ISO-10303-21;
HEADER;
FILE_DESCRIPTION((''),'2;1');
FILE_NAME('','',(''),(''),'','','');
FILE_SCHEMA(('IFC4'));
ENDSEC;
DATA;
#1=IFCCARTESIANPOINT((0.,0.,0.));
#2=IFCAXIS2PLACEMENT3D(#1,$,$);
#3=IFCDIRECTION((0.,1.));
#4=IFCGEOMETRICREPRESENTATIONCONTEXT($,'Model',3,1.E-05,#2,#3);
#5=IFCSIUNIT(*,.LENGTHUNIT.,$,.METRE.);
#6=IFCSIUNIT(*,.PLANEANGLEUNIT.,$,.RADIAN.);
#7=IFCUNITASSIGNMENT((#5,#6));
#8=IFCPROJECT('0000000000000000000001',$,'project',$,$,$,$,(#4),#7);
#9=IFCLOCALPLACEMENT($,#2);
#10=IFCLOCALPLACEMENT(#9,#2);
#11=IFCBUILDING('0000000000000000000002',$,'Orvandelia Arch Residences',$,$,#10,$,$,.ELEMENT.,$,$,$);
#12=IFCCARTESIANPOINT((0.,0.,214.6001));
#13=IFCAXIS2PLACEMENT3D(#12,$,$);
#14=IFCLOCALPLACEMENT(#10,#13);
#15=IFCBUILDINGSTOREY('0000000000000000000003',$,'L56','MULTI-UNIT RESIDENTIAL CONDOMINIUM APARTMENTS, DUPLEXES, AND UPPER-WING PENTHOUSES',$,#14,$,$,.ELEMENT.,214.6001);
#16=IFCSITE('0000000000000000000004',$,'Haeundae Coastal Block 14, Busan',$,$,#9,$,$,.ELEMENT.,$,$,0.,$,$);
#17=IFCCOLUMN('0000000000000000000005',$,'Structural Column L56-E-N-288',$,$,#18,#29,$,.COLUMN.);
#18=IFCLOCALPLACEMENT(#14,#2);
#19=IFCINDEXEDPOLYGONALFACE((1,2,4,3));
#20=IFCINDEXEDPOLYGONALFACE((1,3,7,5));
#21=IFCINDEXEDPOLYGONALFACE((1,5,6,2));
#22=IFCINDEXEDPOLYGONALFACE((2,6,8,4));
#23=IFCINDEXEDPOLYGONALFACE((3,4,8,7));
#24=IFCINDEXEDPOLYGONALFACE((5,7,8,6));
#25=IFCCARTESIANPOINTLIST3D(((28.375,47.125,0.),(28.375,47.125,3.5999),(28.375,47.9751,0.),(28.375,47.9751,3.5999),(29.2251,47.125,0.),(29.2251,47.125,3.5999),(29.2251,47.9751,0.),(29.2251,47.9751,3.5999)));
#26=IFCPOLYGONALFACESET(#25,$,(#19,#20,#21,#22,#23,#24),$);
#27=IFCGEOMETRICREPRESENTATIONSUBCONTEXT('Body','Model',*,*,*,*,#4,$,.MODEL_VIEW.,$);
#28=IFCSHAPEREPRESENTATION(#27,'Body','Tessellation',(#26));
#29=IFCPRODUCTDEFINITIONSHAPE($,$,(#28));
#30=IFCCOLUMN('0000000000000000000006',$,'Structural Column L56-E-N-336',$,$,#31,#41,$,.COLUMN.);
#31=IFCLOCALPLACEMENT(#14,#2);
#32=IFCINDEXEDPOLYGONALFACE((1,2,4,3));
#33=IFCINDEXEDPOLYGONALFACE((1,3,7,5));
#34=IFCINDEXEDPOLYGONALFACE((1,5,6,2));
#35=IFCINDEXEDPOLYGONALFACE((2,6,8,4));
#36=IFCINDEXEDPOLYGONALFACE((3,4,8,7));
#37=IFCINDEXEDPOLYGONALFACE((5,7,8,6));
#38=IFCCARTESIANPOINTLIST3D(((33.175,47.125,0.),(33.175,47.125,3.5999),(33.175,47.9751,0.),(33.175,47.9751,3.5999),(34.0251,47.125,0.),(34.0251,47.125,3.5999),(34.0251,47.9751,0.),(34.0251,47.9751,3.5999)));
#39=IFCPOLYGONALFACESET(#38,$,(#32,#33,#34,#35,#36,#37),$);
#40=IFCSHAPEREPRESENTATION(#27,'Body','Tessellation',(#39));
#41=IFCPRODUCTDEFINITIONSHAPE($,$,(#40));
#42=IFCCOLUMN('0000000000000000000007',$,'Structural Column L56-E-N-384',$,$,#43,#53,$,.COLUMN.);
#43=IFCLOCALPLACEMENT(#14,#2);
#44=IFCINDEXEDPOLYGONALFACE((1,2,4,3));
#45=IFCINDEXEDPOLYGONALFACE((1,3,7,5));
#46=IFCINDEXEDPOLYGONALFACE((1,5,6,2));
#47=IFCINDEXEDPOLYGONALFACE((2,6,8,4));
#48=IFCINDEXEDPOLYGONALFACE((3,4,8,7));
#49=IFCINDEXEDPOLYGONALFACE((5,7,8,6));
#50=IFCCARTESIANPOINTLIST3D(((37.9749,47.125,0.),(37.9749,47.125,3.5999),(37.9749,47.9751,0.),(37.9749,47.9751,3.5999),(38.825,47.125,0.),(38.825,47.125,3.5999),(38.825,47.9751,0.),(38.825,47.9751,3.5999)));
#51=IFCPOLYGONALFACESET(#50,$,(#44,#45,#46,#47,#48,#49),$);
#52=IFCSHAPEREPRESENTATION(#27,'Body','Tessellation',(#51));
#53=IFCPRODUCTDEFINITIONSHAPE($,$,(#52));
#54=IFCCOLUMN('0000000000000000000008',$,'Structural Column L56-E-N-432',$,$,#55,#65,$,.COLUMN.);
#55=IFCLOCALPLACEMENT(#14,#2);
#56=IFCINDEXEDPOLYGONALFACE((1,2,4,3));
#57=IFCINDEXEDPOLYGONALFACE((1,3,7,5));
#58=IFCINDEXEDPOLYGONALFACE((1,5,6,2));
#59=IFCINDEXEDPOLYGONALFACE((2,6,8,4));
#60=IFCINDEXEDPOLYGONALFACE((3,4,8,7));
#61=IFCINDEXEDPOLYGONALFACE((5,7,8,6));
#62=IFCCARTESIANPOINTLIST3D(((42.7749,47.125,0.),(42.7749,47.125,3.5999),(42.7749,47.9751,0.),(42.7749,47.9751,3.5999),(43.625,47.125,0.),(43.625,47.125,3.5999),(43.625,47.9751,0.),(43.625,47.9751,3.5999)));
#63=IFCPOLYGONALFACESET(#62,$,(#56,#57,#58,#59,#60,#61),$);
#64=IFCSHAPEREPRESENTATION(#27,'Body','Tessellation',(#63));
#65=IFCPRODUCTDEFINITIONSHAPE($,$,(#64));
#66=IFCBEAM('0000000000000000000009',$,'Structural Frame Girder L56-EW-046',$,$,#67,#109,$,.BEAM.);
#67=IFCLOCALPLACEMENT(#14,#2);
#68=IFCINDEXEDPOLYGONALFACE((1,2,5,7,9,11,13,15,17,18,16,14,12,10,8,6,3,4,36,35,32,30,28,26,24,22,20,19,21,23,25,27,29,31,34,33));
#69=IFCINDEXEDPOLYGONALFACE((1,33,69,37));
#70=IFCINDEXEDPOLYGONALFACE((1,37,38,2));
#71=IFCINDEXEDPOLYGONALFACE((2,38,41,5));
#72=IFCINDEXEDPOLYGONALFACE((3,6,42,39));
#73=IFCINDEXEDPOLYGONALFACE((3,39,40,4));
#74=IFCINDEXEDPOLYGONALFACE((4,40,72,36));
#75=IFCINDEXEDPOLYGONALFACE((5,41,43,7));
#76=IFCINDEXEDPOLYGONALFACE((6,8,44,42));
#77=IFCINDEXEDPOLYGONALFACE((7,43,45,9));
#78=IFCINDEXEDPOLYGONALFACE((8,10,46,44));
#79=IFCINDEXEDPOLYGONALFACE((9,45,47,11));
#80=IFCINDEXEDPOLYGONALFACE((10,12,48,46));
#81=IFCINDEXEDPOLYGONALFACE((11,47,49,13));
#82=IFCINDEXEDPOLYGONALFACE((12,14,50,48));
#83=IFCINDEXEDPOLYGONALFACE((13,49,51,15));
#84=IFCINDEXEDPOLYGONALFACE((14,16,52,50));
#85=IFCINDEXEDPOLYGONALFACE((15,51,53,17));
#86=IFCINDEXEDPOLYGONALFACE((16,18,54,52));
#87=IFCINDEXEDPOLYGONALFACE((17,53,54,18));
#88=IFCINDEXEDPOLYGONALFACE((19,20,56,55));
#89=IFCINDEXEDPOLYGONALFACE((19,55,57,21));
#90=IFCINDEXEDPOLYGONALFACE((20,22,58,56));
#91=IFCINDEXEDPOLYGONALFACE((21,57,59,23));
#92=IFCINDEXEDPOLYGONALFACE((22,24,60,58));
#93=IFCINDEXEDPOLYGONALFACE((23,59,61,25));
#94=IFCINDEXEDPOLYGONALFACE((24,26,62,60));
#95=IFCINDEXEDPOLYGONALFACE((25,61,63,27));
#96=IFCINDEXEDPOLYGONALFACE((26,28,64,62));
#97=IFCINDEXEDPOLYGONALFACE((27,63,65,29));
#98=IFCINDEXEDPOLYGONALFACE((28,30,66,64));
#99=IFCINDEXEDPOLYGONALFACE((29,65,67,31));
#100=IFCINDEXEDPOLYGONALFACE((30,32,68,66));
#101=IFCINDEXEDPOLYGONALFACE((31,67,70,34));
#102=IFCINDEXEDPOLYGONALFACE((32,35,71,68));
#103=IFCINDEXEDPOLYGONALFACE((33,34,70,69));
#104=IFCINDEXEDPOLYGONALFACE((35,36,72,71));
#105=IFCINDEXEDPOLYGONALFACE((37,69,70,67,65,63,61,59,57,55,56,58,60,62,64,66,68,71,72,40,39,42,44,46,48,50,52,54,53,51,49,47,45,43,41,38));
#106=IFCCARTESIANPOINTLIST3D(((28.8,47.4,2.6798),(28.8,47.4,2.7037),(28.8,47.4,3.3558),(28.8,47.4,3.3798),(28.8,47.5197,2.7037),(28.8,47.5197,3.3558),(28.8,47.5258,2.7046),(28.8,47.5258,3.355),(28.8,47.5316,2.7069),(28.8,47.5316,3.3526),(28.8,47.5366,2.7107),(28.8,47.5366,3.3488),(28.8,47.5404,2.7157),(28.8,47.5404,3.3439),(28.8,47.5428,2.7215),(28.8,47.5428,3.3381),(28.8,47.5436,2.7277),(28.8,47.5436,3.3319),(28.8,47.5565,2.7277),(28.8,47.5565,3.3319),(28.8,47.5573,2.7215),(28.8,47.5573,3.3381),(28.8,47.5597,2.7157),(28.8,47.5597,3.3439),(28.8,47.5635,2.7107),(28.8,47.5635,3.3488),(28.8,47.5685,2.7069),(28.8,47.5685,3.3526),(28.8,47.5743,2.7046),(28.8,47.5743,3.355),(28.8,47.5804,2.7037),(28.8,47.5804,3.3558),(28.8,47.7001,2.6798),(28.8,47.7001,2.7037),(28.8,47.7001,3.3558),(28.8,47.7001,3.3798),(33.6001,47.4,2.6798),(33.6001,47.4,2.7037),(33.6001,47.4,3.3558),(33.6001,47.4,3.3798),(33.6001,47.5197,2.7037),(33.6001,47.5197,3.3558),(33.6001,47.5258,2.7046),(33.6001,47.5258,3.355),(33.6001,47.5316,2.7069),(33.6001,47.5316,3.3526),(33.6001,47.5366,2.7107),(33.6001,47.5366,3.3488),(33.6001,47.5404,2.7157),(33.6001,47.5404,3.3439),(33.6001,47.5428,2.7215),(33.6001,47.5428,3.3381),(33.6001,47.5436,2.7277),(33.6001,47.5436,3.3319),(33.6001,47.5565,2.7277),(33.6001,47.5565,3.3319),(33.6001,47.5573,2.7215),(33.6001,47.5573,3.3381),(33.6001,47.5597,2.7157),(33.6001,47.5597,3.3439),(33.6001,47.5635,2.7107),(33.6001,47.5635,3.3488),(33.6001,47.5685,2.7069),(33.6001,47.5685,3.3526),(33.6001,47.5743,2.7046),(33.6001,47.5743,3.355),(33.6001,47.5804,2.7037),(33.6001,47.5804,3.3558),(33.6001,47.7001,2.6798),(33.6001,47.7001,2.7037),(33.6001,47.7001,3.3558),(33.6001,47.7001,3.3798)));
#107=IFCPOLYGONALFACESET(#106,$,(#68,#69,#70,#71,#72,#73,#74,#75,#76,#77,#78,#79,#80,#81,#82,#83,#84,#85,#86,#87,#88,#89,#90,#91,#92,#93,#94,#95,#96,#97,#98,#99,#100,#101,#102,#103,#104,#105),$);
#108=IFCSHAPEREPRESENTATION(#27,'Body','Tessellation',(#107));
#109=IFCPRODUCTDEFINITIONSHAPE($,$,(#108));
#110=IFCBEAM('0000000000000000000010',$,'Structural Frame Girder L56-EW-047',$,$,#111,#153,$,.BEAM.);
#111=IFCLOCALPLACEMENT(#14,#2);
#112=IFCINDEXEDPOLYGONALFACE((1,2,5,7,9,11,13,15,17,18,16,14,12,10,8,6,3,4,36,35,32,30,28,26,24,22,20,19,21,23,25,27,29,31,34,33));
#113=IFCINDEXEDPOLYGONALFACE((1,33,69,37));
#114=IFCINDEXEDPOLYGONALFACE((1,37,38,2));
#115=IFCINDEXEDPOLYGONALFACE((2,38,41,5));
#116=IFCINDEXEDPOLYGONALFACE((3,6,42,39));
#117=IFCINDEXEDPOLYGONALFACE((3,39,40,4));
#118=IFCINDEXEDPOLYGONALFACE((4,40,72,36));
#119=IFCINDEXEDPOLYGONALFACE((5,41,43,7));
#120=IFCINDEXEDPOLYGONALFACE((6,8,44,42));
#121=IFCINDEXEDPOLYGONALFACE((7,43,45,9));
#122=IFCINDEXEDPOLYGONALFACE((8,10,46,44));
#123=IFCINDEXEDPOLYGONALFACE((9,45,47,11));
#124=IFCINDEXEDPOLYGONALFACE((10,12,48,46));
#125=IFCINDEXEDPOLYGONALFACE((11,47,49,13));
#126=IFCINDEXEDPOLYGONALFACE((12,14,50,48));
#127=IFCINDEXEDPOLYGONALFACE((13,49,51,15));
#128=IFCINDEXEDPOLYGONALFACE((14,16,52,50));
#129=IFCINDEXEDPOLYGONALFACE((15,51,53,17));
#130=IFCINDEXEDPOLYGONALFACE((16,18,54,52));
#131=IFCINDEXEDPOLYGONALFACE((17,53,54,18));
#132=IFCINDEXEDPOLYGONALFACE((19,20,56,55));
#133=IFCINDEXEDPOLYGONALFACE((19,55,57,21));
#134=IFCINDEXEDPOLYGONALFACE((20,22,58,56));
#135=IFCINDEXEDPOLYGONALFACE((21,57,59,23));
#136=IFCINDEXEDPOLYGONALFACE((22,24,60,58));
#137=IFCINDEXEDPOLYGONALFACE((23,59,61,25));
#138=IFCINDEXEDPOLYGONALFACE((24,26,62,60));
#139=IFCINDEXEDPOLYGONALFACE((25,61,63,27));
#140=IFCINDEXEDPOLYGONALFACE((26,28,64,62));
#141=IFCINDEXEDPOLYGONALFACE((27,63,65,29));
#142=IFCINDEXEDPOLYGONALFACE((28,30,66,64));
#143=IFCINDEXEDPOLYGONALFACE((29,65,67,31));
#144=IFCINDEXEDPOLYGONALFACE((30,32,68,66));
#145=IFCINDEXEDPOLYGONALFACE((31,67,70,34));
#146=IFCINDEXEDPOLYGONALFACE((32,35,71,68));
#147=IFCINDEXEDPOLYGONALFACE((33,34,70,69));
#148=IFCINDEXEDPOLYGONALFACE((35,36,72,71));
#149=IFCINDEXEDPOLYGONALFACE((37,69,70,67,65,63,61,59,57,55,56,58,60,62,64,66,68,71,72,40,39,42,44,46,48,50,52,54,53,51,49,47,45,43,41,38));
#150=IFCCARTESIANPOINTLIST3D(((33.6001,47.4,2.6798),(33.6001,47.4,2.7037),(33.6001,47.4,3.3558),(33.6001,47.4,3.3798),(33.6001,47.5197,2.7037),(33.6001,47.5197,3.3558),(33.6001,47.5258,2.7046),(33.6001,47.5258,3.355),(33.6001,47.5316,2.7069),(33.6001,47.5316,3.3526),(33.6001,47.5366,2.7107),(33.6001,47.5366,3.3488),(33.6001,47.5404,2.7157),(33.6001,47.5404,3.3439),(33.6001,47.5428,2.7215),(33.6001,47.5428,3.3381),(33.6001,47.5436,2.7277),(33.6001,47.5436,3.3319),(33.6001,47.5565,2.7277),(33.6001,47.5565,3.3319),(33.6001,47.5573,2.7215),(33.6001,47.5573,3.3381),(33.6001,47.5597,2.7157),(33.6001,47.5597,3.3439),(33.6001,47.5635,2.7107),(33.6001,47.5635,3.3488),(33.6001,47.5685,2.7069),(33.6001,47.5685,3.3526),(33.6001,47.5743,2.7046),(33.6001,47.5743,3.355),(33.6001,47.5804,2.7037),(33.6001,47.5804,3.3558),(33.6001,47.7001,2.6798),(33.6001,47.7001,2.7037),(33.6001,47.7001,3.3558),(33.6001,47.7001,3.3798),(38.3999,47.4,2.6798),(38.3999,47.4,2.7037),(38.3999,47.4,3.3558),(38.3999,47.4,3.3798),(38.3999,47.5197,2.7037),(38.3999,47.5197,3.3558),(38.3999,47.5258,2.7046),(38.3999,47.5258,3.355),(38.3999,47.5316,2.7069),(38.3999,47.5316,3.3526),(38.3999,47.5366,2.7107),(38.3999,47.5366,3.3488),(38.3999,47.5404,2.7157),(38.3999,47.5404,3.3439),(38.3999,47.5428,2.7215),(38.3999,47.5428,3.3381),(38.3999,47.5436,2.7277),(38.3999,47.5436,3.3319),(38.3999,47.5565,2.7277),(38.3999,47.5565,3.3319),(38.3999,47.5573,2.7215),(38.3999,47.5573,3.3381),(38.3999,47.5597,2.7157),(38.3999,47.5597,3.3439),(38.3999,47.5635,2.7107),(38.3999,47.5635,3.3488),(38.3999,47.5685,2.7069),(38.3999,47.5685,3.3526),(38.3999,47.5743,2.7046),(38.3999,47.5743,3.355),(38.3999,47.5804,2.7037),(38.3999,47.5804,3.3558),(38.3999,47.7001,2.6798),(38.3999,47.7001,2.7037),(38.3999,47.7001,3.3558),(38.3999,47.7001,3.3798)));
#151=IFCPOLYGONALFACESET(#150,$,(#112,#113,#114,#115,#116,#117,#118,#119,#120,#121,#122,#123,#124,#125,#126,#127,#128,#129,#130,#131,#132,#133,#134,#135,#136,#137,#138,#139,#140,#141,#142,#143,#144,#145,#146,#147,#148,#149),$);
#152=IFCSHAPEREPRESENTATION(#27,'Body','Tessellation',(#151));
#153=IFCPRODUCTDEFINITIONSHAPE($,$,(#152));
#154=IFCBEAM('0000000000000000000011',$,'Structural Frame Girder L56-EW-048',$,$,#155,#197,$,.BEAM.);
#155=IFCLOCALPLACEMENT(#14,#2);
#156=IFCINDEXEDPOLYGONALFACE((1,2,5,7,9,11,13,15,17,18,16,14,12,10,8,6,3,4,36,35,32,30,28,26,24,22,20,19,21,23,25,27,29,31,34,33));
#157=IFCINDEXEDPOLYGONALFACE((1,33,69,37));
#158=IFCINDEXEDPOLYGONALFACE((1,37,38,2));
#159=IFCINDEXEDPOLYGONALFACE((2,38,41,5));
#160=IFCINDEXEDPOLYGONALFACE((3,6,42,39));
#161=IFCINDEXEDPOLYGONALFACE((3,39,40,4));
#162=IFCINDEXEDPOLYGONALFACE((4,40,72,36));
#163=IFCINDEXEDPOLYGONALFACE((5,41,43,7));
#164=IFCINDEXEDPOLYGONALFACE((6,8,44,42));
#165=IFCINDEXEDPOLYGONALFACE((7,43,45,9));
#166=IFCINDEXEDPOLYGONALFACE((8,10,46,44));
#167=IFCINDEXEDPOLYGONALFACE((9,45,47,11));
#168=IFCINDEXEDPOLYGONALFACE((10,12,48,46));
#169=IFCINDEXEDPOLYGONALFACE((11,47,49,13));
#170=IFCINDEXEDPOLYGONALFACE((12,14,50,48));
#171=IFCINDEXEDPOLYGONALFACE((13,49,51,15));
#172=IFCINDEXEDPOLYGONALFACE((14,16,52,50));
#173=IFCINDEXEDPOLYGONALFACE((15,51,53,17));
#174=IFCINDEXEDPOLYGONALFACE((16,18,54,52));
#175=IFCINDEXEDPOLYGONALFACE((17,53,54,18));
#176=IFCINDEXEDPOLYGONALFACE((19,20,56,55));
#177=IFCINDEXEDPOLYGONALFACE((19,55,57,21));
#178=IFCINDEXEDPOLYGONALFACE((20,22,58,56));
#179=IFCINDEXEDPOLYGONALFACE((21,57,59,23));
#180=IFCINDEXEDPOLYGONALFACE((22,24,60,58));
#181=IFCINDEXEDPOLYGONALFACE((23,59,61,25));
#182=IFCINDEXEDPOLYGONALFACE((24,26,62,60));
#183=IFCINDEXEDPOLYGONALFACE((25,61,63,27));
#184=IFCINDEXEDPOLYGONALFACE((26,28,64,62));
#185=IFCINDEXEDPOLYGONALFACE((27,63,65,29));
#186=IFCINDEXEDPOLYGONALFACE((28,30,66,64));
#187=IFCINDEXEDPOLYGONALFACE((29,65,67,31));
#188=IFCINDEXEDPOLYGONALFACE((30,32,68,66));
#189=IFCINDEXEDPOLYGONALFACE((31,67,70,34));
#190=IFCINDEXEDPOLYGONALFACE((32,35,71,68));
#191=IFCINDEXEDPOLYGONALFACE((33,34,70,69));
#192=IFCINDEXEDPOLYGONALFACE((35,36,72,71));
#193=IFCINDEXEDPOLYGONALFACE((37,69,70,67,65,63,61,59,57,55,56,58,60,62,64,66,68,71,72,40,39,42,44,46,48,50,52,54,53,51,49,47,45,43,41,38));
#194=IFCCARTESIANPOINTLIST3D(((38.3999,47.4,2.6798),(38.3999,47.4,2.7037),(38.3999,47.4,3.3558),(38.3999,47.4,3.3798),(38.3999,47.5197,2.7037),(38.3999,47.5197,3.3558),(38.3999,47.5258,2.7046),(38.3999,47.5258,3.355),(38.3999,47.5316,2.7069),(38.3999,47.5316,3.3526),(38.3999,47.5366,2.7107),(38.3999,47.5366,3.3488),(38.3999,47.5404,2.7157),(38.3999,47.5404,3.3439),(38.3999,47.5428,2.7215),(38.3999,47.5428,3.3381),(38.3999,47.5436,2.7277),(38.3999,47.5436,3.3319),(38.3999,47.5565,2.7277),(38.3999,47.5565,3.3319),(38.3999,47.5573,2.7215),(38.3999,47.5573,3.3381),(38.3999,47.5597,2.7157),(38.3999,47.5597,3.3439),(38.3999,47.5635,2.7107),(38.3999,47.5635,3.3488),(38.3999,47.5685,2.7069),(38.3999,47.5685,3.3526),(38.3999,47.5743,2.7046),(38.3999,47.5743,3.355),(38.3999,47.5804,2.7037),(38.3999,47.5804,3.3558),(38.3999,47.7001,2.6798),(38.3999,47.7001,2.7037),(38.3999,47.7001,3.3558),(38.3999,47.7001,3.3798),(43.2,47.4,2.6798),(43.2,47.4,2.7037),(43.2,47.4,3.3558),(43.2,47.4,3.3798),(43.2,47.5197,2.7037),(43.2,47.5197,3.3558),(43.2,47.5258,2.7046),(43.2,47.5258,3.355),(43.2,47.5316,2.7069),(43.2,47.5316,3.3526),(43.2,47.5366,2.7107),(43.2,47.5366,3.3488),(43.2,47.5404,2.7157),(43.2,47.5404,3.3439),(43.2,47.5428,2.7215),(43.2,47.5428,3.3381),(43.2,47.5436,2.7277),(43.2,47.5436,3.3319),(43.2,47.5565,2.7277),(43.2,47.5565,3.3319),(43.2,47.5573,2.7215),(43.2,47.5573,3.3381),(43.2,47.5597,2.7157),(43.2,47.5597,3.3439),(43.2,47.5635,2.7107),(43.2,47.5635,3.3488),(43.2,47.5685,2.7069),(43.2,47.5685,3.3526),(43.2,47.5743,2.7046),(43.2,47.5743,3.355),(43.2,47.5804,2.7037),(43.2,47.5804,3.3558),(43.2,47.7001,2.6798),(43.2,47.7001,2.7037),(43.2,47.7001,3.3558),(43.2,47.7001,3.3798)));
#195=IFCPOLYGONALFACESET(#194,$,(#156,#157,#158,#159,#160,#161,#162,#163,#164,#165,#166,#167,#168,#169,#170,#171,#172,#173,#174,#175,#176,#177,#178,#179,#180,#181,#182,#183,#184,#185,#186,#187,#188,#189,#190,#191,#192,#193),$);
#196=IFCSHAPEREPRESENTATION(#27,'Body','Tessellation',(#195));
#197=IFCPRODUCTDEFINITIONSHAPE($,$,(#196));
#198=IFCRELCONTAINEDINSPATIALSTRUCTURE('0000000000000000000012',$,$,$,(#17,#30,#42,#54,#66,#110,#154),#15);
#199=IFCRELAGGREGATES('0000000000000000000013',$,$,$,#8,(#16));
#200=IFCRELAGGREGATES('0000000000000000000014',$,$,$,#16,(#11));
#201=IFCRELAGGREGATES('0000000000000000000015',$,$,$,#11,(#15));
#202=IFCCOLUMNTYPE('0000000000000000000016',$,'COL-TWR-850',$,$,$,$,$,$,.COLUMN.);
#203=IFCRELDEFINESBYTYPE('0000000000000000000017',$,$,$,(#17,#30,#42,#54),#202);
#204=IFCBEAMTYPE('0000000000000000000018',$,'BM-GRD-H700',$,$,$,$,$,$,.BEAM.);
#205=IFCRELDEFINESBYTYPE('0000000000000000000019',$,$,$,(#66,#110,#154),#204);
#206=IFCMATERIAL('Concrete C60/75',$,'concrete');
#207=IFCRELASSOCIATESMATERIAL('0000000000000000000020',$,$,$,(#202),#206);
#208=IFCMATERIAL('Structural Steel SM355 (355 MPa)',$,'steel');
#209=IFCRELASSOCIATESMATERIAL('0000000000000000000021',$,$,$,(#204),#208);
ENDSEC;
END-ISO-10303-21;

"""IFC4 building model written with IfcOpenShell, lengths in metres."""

from ifc_helpers import new_model, si_unit, direction, frame, origin, origin_2d, place, context, subcontext, project, spatial, rectangle, i_section, extrude, material, material_profile, profile_set, type_object, element, save


model = new_model("IFC4")

# Units and contexts
model_context = context("Model", 3, precision=1e-05, world=origin(), true_north=direction((0.0, 1.0)))
body_context = subcontext(model_context, "Body", "Model", "MODEL_VIEW")
ifc_project = project(units=[si_unit("LENGTHUNIT", "METRE"), si_unit("PLANEANGLEUNIT", "RADIAN")], contexts=[model_context])

# Site, building, storey
site_placement = place(None, origin())
site = spatial("IfcSite", under=ifc_project, at=site_placement, Name="Haeundae Coastal Block 14, Busan", CompositionType="ELEMENT", RefElevation=0.0)
building_placement = place(site_placement, origin())
building = spatial("IfcBuilding", under=site, at=building_placement, Name="Orvandelia Arch Residences", CompositionType="ELEMENT")
storey_placement = place(building_placement, frame((0.0, 0.0, 214.6001)))
storey = spatial("IfcBuildingStorey", under=building, at=storey_placement, Name="L56", Description="MULTI-UNIT RESIDENTIAL CONDOMINIUM APARTMENTS, DUPLEXES, AND UPPER-WING PENTHOUSES", CompositionType="ELEMENT", Elevation=214.6001)

# Columns
ifc_material_1 = material(Name="Concrete C60/75", Category="concrete")
ifc_material_profile_1 = material_profile(ifc_material_1, rectangle(XDim=0.8501, YDim=0.8501, at=origin_2d()), Name="Concrete C60/75", Category="concrete")
ifc_profile_set_1 = profile_set([ifc_material_profile_1], Name="Concrete C60/75")
column_type = type_object("IfcColumnType", Name="COL-TWR-850", PredefinedType="COLUMN", material=ifc_profile_set_1)
for number, where, z_axis, x_axis, name in (
    (1, (28.8, 47.55, 0.0), (0.0, 0.0, 1.0), (1.0, 0.0, 0.0), "Structural Column L56-E-N-288"),
    (2, (33.6001, 47.55, 0.0), (0.0, 0.0, 1.0), (1.0, 0.0, 0.0), "Structural Column L56-E-N-336"),
    (3, (38.3999, 47.55, 0.0), (0.0, 0.0, 1.0), (1.0, 0.0, 0.0), "Structural Column L56-E-N-384"),
    (4, (43.2, 47.55, 0.0), (0.0, 0.0, 1.0), (1.0, 0.0, 0.0), "Structural Column L56-E-N-432"),
):
    element("IfcColumn", number, at=place(storey_placement, frame(where, z_axis=z_axis, x_axis=x_axis)), inside=storey, type_object=column_type, Name=name, PredefinedType="COLUMN", context=body_context, shape_type="SweptSolid", body=[
        extrude(rectangle(XDim=0.8501, YDim=0.8501, at=origin_2d()), origin(), (0.0, 0.0, 1.0), 3.5999),
    ])

# Beams
ifc_material_2 = material(Name="Structural Steel SM355 (355 MPa)", Category="steel")
ifc_material_profile_2 = material_profile(ifc_material_2, i_section(OverallWidth=0.3, OverallDepth=0.7, WebThickness=0.0129, FlangeThickness=0.0239, FilletRadius=0.0239, at=origin_2d()), Name="Structural Steel SM355 (355 MPa)", Category="steel")
ifc_profile_set_2 = profile_set([ifc_material_profile_2], Name="Structural Steel SM355 (355 MPa)")
beam_type = type_object("IfcBeamType", Name="BM-GRD-H700", PredefinedType="BEAM", material=ifc_profile_set_2)
beam_1_placement = place(storey_placement, frame((28.8, 47.55, 3.0298), z_axis=(1.0, 0.0, 0.0), x_axis=(0.0, 1.0, 0.0)))
element("IfcBeam", 5, at=beam_1_placement, inside=storey, type_object=beam_type, Name="Structural Frame Girder L56-EW-046", PredefinedType="BEAM", context=body_context, shape_type="SweptSolid", body=[
    extrude(i_section(OverallWidth=0.3, OverallDepth=0.7, WebThickness=0.0129, FlangeThickness=0.0239, FilletRadius=0.0239, at=origin_2d()), origin(), (0.0, 0.0, 1.0), 4.8),
])
beam_2_placement = place(storey_placement, frame((33.6001, 47.55, 3.0298), z_axis=(1.0, 0.0, 0.0), x_axis=(0.0, 1.0, 0.0)))
element("IfcBeam", 6, at=beam_2_placement, inside=storey, type_object=beam_type, Name="Structural Frame Girder L56-EW-047", PredefinedType="BEAM", context=body_context, shape_type="SweptSolid", body=[
    extrude(i_section(OverallWidth=0.3, OverallDepth=0.7, WebThickness=0.0129, FlangeThickness=0.0239, FilletRadius=0.0239, at=origin_2d()), origin(), (0.0, 0.0, 1.0), 4.7998),
])
beam_3_placement = place(storey_placement, frame((38.3999, 47.55, 3.0298), z_axis=(1.0, 0.0, 0.0), x_axis=(0.0, 1.0, 0.0)))
element("IfcBeam", 7, at=beam_3_placement, inside=storey, type_object=beam_type, Name="Structural Frame Girder L56-EW-048", PredefinedType="BEAM", context=body_context, shape_type="SweptSolid", body=[
    extrude(i_section(OverallWidth=0.3, OverallDepth=0.7, WebThickness=0.0129, FlangeThickness=0.0239, FilletRadius=0.0239, at=origin_2d()), origin(), (0.0, 0.0, 1.0), 4.8),
])

save(model, "model.ifc")
